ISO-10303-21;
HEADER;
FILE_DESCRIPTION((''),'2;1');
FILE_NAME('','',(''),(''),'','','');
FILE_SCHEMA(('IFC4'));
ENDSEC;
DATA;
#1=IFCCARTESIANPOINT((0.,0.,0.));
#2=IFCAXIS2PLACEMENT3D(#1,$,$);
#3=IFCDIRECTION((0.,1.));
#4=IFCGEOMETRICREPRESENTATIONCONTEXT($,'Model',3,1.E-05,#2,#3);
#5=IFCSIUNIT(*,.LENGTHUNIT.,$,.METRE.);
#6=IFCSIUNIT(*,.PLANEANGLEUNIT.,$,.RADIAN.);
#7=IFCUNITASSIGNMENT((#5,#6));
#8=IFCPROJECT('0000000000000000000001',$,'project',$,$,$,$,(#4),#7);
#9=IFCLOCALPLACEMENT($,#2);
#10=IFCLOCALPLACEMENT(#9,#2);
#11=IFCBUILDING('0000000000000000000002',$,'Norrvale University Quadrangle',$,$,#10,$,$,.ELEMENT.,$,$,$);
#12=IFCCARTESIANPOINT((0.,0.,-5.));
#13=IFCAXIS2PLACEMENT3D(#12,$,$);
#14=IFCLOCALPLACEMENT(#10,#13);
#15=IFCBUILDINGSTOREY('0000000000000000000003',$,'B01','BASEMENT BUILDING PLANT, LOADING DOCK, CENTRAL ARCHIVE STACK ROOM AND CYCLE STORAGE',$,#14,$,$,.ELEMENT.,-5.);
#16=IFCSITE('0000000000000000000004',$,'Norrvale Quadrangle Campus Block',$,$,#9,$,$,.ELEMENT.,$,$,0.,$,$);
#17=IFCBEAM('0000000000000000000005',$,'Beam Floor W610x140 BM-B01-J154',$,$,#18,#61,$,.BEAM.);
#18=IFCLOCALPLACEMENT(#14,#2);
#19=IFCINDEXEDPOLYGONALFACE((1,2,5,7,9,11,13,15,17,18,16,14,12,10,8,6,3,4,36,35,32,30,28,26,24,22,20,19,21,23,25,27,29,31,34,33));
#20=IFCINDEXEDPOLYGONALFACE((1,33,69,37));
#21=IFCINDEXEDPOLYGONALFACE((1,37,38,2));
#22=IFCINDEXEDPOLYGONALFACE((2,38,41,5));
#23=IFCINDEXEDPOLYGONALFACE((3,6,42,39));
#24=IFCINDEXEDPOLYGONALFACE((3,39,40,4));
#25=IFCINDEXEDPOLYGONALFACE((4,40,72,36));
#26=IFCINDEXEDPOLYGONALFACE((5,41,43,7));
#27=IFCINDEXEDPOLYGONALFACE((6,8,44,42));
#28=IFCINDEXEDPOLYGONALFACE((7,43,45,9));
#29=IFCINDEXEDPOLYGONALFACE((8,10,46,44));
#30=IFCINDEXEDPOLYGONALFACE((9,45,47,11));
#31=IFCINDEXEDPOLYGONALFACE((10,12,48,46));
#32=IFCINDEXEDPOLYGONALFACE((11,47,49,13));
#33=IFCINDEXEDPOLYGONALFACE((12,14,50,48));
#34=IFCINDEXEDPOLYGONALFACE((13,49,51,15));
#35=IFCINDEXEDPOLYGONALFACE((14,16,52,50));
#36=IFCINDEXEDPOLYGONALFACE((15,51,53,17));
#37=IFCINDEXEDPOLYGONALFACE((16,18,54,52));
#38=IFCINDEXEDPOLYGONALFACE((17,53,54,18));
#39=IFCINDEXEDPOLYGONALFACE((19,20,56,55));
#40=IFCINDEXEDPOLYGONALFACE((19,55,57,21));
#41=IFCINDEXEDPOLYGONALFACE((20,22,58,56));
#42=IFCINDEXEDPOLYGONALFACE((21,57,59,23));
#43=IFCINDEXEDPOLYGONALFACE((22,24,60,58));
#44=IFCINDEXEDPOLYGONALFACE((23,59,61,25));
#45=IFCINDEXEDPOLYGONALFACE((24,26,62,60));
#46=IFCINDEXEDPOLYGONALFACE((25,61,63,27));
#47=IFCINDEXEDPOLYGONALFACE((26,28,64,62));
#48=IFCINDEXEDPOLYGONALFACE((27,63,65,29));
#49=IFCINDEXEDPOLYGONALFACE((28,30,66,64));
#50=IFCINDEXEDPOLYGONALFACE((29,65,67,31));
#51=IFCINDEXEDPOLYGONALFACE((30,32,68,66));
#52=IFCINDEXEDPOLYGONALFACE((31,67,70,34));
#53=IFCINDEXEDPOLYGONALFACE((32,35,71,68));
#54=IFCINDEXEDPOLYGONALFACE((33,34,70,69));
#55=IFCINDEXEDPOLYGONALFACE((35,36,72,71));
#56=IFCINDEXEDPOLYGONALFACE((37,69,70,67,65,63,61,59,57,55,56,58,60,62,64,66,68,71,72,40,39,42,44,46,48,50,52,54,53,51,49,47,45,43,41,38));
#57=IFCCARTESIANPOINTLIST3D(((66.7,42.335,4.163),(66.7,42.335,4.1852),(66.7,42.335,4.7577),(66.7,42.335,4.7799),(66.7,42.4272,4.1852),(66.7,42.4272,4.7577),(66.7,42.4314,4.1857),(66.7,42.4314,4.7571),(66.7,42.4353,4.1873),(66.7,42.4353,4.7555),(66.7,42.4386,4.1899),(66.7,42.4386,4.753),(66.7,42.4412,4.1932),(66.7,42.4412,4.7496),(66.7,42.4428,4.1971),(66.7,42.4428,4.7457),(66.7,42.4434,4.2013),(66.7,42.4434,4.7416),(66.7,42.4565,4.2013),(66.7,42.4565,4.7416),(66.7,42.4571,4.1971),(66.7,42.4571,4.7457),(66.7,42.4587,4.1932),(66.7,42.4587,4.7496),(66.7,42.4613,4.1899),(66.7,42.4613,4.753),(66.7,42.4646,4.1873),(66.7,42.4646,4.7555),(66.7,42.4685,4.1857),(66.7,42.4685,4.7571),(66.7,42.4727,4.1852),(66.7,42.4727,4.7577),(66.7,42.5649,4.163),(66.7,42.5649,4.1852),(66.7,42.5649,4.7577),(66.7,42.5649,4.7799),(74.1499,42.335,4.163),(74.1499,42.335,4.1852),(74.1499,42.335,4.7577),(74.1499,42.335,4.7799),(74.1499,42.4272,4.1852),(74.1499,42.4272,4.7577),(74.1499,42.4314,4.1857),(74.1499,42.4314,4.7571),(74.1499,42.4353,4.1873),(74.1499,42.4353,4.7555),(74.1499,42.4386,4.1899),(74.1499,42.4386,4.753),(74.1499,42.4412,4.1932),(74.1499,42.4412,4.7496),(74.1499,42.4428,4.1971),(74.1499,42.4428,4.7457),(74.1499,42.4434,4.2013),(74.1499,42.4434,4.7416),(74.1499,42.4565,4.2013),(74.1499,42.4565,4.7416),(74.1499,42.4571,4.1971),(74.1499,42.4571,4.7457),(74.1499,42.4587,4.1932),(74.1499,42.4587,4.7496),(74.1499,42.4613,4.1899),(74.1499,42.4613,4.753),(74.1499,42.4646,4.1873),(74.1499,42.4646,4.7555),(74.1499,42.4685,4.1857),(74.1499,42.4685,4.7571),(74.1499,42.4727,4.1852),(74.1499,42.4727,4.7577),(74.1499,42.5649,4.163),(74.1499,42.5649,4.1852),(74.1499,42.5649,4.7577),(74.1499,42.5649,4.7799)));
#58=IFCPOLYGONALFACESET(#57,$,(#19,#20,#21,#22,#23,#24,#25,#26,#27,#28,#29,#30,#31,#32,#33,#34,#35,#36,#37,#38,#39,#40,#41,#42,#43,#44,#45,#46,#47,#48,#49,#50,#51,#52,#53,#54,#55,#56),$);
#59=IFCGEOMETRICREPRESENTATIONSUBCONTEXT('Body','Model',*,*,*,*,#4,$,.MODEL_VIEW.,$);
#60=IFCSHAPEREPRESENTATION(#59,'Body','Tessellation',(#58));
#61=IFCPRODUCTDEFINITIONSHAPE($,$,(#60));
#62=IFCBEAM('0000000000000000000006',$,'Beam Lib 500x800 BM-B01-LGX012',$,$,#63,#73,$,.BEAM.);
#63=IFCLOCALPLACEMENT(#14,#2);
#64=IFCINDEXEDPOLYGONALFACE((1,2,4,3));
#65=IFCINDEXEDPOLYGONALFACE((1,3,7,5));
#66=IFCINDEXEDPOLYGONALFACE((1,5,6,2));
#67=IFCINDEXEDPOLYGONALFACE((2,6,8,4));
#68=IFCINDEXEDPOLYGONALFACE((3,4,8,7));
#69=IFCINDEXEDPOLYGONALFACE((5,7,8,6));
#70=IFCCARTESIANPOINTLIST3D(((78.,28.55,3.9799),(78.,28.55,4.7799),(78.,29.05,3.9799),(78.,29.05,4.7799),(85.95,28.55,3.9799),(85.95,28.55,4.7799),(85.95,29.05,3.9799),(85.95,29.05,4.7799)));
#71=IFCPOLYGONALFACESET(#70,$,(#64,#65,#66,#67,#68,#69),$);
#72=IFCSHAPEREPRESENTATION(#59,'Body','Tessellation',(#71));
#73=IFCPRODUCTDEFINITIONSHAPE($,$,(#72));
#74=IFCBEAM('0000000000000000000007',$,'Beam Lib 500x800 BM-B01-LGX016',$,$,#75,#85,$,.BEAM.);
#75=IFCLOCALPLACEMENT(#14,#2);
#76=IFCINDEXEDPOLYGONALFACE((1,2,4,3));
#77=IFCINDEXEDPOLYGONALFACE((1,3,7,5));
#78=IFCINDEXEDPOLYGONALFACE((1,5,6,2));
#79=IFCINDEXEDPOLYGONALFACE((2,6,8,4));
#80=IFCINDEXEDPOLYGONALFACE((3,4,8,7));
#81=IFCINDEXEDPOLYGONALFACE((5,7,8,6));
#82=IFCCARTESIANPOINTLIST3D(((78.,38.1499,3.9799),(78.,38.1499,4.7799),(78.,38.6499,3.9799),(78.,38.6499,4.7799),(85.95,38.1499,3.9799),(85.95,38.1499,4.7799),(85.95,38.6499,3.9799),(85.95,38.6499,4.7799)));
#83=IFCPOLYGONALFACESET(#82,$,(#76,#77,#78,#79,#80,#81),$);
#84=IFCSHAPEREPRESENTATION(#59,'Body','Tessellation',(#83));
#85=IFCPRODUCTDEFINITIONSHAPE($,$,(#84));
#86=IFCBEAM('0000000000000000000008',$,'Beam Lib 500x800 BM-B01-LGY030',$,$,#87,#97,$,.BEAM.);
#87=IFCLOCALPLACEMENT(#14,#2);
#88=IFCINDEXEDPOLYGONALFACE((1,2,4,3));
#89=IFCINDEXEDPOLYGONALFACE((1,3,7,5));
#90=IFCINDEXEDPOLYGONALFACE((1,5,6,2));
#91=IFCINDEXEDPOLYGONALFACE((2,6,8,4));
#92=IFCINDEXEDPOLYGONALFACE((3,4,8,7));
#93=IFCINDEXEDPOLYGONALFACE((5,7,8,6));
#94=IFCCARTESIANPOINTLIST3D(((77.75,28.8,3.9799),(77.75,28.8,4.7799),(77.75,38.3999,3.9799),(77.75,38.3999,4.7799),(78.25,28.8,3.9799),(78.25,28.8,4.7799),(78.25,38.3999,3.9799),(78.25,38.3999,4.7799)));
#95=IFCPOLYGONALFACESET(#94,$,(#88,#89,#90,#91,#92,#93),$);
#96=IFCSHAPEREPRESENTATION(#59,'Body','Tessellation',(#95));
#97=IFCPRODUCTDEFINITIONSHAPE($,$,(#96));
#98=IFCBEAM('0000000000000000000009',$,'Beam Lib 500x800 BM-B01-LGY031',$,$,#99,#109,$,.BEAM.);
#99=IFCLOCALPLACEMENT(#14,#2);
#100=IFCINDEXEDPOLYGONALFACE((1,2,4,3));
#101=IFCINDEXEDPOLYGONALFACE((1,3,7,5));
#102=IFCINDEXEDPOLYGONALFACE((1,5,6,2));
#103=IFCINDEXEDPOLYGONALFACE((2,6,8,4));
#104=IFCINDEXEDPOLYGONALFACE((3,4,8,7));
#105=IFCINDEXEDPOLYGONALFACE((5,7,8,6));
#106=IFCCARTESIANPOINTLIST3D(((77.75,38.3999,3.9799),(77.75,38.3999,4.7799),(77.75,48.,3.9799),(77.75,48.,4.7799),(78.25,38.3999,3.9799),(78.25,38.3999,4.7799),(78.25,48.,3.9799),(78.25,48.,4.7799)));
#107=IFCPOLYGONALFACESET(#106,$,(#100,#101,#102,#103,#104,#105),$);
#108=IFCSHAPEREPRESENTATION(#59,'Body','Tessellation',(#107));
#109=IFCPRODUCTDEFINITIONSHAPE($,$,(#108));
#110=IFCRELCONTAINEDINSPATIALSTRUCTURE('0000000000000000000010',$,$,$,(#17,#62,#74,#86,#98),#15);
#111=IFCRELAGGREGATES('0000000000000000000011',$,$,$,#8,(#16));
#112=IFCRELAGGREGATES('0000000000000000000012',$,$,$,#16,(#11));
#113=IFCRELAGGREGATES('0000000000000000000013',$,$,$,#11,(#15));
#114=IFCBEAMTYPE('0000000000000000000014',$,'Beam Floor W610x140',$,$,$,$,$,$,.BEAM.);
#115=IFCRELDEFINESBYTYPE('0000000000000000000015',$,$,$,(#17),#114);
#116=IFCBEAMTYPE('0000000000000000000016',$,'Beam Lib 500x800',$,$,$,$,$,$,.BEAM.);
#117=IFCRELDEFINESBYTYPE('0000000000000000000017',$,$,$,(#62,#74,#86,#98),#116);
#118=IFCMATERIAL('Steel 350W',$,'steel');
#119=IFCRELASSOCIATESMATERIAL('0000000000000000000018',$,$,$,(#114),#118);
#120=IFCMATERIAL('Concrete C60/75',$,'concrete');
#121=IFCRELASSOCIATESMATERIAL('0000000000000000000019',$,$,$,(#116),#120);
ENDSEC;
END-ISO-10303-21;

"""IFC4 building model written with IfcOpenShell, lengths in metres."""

from ifc_helpers import new_model, si_unit, direction, frame, origin, origin_2d, place, context, subcontext, project, spatial, rectangle, i_section, extrude, material, material_profile, profile_set, type_object, element, save


model = new_model("IFC4")

# Units and contexts
model_context = context("Model", 3, precision=1e-05, world=origin(), true_north=direction((0.0, 1.0)))
body_context = subcontext(model_context, "Body", "Model", "MODEL_VIEW")
ifc_project = project(units=[si_unit("LENGTHUNIT", "METRE"), si_unit("PLANEANGLEUNIT", "RADIAN")], contexts=[model_context])

# Site, building, storey
site_placement = place(None, origin())
site = spatial("IfcSite", under=ifc_project, at=site_placement, Name="Norrvale Quadrangle Campus Block", CompositionType="ELEMENT", RefElevation=0.0)
building_placement = place(site_placement, origin())
building = spatial("IfcBuilding", under=site, at=building_placement, Name="Norrvale University Quadrangle", CompositionType="ELEMENT")
storey_placement = place(building_placement, frame((0.0, 0.0, -5.0)))
storey = spatial("IfcBuildingStorey", under=building, at=storey_placement, Name="B01", Description="BASEMENT BUILDING PLANT, LOADING DOCK, CENTRAL ARCHIVE STACK ROOM AND CYCLE STORAGE", CompositionType="ELEMENT", Elevation=-5.0)

# Shared definitions
ifc_material_1 = material(Name="Concrete C60/75", Category="concrete")

# Beams
ifc_material_2 = material(Name="Steel 350W", Category="steel")
ifc_material_profile_1 = material_profile(ifc_material_2, i_section(OverallWidth=0.23, OverallDepth=0.6169, WebThickness=0.0132, FlangeThickness=0.0222, FilletRadius=0.0161, at=origin_2d()), Name="Steel 350W")
ifc_profile_set_1 = profile_set([ifc_material_profile_1], Name="Steel 350W")
beam_type_1 = type_object("IfcBeamType", Name="Beam Floor W610x140", PredefinedType="BEAM", material=ifc_profile_set_1)
beam_1_placement = place(storey_placement, frame((66.7, 42.45, 4.4714), z_axis=(1.0, 0.0, 0.0), x_axis=(0.0, 1.0, 0.0)))
element("IfcBeam", 1, at=beam_1_placement, inside=storey, type_object=beam_type_1, Name="Beam Floor W610x140 BM-B01-J154", PredefinedType="BEAM", context=body_context, shape_type="SweptSolid", body=[
    extrude(i_section(OverallWidth=0.23, OverallDepth=0.6169, WebThickness=0.0132, FlangeThickness=0.0222, FilletRadius=0.0161, at=origin_2d()), origin(), (0.0, 0.0, 1.0), 7.45),
])
ifc_material_profile_2 = material_profile(ifc_material_1, rectangle(XDim=0.5, YDim=0.8, at=origin_2d()), Name="Concrete C60/75")
ifc_profile_set_2 = profile_set([ifc_material_profile_2], Name="Concrete C60/75")
beam_type_2 = type_object("IfcBeamType", Name="Beam Lib 500x800", PredefinedType="BEAM", material=ifc_profile_set_2)
for number, where, z_axis, x_axis, name in (
    (2, (78.0, 28.8, 4.3799), (1.0, 0.0, 0.0), (0.0, 1.0, 0.0), "Beam Lib 500x800 BM-B01-LGX012"),
    (3, (78.0, 38.3999, 4.3799), (1.0, 0.0, 0.0), (0.0, 1.0, 0.0), "Beam Lib 500x800 BM-B01-LGX016"),
):
    element("IfcBeam", number, at=place(storey_placement, frame(where, z_axis=z_axis, x_axis=x_axis)), inside=storey, type_object=beam_type_2, Name=name, PredefinedType="BEAM", context=body_context, shape_type="SweptSolid", body=[
        extrude(rectangle(XDim=0.5, YDim=0.8, at=origin_2d()), origin(), (0.0, 0.0, 1.0), 7.95),
    ])
beam_2_placement = place(storey_placement, frame((78.0, 28.8, 4.3799), z_axis=(0.0, 1.0, 0.0), x_axis=(-1.0, 0.0, 0.0)))
element("IfcBeam", 4, at=beam_2_placement, inside=storey, type_object=beam_type_2, Name="Beam Lib 500x800 BM-B01-LGY030", PredefinedType="BEAM", context=body_context, shape_type="SweptSolid", body=[
    extrude(rectangle(XDim=0.5, YDim=0.8, at=origin_2d()), origin(), (0.0, 0.0, 1.0), 9.5999),
])
beam_3_placement = place(storey_placement, frame((78.0, 38.3999, 4.3799), z_axis=(0.0, 1.0, 0.0), x_axis=(-1.0, 0.0, 0.0)))
element("IfcBeam", 5, at=beam_3_placement, inside=storey, type_object=beam_type_2, Name="Beam Lib 500x800 BM-B01-LGY031", PredefinedType="BEAM", context=body_context, shape_type="SweptSolid", body=[
    extrude(rectangle(XDim=0.5, YDim=0.8, at=origin_2d()), origin(), (0.0, 0.0, 1.0), 9.6001),
])

save(model, "model.ifc")
